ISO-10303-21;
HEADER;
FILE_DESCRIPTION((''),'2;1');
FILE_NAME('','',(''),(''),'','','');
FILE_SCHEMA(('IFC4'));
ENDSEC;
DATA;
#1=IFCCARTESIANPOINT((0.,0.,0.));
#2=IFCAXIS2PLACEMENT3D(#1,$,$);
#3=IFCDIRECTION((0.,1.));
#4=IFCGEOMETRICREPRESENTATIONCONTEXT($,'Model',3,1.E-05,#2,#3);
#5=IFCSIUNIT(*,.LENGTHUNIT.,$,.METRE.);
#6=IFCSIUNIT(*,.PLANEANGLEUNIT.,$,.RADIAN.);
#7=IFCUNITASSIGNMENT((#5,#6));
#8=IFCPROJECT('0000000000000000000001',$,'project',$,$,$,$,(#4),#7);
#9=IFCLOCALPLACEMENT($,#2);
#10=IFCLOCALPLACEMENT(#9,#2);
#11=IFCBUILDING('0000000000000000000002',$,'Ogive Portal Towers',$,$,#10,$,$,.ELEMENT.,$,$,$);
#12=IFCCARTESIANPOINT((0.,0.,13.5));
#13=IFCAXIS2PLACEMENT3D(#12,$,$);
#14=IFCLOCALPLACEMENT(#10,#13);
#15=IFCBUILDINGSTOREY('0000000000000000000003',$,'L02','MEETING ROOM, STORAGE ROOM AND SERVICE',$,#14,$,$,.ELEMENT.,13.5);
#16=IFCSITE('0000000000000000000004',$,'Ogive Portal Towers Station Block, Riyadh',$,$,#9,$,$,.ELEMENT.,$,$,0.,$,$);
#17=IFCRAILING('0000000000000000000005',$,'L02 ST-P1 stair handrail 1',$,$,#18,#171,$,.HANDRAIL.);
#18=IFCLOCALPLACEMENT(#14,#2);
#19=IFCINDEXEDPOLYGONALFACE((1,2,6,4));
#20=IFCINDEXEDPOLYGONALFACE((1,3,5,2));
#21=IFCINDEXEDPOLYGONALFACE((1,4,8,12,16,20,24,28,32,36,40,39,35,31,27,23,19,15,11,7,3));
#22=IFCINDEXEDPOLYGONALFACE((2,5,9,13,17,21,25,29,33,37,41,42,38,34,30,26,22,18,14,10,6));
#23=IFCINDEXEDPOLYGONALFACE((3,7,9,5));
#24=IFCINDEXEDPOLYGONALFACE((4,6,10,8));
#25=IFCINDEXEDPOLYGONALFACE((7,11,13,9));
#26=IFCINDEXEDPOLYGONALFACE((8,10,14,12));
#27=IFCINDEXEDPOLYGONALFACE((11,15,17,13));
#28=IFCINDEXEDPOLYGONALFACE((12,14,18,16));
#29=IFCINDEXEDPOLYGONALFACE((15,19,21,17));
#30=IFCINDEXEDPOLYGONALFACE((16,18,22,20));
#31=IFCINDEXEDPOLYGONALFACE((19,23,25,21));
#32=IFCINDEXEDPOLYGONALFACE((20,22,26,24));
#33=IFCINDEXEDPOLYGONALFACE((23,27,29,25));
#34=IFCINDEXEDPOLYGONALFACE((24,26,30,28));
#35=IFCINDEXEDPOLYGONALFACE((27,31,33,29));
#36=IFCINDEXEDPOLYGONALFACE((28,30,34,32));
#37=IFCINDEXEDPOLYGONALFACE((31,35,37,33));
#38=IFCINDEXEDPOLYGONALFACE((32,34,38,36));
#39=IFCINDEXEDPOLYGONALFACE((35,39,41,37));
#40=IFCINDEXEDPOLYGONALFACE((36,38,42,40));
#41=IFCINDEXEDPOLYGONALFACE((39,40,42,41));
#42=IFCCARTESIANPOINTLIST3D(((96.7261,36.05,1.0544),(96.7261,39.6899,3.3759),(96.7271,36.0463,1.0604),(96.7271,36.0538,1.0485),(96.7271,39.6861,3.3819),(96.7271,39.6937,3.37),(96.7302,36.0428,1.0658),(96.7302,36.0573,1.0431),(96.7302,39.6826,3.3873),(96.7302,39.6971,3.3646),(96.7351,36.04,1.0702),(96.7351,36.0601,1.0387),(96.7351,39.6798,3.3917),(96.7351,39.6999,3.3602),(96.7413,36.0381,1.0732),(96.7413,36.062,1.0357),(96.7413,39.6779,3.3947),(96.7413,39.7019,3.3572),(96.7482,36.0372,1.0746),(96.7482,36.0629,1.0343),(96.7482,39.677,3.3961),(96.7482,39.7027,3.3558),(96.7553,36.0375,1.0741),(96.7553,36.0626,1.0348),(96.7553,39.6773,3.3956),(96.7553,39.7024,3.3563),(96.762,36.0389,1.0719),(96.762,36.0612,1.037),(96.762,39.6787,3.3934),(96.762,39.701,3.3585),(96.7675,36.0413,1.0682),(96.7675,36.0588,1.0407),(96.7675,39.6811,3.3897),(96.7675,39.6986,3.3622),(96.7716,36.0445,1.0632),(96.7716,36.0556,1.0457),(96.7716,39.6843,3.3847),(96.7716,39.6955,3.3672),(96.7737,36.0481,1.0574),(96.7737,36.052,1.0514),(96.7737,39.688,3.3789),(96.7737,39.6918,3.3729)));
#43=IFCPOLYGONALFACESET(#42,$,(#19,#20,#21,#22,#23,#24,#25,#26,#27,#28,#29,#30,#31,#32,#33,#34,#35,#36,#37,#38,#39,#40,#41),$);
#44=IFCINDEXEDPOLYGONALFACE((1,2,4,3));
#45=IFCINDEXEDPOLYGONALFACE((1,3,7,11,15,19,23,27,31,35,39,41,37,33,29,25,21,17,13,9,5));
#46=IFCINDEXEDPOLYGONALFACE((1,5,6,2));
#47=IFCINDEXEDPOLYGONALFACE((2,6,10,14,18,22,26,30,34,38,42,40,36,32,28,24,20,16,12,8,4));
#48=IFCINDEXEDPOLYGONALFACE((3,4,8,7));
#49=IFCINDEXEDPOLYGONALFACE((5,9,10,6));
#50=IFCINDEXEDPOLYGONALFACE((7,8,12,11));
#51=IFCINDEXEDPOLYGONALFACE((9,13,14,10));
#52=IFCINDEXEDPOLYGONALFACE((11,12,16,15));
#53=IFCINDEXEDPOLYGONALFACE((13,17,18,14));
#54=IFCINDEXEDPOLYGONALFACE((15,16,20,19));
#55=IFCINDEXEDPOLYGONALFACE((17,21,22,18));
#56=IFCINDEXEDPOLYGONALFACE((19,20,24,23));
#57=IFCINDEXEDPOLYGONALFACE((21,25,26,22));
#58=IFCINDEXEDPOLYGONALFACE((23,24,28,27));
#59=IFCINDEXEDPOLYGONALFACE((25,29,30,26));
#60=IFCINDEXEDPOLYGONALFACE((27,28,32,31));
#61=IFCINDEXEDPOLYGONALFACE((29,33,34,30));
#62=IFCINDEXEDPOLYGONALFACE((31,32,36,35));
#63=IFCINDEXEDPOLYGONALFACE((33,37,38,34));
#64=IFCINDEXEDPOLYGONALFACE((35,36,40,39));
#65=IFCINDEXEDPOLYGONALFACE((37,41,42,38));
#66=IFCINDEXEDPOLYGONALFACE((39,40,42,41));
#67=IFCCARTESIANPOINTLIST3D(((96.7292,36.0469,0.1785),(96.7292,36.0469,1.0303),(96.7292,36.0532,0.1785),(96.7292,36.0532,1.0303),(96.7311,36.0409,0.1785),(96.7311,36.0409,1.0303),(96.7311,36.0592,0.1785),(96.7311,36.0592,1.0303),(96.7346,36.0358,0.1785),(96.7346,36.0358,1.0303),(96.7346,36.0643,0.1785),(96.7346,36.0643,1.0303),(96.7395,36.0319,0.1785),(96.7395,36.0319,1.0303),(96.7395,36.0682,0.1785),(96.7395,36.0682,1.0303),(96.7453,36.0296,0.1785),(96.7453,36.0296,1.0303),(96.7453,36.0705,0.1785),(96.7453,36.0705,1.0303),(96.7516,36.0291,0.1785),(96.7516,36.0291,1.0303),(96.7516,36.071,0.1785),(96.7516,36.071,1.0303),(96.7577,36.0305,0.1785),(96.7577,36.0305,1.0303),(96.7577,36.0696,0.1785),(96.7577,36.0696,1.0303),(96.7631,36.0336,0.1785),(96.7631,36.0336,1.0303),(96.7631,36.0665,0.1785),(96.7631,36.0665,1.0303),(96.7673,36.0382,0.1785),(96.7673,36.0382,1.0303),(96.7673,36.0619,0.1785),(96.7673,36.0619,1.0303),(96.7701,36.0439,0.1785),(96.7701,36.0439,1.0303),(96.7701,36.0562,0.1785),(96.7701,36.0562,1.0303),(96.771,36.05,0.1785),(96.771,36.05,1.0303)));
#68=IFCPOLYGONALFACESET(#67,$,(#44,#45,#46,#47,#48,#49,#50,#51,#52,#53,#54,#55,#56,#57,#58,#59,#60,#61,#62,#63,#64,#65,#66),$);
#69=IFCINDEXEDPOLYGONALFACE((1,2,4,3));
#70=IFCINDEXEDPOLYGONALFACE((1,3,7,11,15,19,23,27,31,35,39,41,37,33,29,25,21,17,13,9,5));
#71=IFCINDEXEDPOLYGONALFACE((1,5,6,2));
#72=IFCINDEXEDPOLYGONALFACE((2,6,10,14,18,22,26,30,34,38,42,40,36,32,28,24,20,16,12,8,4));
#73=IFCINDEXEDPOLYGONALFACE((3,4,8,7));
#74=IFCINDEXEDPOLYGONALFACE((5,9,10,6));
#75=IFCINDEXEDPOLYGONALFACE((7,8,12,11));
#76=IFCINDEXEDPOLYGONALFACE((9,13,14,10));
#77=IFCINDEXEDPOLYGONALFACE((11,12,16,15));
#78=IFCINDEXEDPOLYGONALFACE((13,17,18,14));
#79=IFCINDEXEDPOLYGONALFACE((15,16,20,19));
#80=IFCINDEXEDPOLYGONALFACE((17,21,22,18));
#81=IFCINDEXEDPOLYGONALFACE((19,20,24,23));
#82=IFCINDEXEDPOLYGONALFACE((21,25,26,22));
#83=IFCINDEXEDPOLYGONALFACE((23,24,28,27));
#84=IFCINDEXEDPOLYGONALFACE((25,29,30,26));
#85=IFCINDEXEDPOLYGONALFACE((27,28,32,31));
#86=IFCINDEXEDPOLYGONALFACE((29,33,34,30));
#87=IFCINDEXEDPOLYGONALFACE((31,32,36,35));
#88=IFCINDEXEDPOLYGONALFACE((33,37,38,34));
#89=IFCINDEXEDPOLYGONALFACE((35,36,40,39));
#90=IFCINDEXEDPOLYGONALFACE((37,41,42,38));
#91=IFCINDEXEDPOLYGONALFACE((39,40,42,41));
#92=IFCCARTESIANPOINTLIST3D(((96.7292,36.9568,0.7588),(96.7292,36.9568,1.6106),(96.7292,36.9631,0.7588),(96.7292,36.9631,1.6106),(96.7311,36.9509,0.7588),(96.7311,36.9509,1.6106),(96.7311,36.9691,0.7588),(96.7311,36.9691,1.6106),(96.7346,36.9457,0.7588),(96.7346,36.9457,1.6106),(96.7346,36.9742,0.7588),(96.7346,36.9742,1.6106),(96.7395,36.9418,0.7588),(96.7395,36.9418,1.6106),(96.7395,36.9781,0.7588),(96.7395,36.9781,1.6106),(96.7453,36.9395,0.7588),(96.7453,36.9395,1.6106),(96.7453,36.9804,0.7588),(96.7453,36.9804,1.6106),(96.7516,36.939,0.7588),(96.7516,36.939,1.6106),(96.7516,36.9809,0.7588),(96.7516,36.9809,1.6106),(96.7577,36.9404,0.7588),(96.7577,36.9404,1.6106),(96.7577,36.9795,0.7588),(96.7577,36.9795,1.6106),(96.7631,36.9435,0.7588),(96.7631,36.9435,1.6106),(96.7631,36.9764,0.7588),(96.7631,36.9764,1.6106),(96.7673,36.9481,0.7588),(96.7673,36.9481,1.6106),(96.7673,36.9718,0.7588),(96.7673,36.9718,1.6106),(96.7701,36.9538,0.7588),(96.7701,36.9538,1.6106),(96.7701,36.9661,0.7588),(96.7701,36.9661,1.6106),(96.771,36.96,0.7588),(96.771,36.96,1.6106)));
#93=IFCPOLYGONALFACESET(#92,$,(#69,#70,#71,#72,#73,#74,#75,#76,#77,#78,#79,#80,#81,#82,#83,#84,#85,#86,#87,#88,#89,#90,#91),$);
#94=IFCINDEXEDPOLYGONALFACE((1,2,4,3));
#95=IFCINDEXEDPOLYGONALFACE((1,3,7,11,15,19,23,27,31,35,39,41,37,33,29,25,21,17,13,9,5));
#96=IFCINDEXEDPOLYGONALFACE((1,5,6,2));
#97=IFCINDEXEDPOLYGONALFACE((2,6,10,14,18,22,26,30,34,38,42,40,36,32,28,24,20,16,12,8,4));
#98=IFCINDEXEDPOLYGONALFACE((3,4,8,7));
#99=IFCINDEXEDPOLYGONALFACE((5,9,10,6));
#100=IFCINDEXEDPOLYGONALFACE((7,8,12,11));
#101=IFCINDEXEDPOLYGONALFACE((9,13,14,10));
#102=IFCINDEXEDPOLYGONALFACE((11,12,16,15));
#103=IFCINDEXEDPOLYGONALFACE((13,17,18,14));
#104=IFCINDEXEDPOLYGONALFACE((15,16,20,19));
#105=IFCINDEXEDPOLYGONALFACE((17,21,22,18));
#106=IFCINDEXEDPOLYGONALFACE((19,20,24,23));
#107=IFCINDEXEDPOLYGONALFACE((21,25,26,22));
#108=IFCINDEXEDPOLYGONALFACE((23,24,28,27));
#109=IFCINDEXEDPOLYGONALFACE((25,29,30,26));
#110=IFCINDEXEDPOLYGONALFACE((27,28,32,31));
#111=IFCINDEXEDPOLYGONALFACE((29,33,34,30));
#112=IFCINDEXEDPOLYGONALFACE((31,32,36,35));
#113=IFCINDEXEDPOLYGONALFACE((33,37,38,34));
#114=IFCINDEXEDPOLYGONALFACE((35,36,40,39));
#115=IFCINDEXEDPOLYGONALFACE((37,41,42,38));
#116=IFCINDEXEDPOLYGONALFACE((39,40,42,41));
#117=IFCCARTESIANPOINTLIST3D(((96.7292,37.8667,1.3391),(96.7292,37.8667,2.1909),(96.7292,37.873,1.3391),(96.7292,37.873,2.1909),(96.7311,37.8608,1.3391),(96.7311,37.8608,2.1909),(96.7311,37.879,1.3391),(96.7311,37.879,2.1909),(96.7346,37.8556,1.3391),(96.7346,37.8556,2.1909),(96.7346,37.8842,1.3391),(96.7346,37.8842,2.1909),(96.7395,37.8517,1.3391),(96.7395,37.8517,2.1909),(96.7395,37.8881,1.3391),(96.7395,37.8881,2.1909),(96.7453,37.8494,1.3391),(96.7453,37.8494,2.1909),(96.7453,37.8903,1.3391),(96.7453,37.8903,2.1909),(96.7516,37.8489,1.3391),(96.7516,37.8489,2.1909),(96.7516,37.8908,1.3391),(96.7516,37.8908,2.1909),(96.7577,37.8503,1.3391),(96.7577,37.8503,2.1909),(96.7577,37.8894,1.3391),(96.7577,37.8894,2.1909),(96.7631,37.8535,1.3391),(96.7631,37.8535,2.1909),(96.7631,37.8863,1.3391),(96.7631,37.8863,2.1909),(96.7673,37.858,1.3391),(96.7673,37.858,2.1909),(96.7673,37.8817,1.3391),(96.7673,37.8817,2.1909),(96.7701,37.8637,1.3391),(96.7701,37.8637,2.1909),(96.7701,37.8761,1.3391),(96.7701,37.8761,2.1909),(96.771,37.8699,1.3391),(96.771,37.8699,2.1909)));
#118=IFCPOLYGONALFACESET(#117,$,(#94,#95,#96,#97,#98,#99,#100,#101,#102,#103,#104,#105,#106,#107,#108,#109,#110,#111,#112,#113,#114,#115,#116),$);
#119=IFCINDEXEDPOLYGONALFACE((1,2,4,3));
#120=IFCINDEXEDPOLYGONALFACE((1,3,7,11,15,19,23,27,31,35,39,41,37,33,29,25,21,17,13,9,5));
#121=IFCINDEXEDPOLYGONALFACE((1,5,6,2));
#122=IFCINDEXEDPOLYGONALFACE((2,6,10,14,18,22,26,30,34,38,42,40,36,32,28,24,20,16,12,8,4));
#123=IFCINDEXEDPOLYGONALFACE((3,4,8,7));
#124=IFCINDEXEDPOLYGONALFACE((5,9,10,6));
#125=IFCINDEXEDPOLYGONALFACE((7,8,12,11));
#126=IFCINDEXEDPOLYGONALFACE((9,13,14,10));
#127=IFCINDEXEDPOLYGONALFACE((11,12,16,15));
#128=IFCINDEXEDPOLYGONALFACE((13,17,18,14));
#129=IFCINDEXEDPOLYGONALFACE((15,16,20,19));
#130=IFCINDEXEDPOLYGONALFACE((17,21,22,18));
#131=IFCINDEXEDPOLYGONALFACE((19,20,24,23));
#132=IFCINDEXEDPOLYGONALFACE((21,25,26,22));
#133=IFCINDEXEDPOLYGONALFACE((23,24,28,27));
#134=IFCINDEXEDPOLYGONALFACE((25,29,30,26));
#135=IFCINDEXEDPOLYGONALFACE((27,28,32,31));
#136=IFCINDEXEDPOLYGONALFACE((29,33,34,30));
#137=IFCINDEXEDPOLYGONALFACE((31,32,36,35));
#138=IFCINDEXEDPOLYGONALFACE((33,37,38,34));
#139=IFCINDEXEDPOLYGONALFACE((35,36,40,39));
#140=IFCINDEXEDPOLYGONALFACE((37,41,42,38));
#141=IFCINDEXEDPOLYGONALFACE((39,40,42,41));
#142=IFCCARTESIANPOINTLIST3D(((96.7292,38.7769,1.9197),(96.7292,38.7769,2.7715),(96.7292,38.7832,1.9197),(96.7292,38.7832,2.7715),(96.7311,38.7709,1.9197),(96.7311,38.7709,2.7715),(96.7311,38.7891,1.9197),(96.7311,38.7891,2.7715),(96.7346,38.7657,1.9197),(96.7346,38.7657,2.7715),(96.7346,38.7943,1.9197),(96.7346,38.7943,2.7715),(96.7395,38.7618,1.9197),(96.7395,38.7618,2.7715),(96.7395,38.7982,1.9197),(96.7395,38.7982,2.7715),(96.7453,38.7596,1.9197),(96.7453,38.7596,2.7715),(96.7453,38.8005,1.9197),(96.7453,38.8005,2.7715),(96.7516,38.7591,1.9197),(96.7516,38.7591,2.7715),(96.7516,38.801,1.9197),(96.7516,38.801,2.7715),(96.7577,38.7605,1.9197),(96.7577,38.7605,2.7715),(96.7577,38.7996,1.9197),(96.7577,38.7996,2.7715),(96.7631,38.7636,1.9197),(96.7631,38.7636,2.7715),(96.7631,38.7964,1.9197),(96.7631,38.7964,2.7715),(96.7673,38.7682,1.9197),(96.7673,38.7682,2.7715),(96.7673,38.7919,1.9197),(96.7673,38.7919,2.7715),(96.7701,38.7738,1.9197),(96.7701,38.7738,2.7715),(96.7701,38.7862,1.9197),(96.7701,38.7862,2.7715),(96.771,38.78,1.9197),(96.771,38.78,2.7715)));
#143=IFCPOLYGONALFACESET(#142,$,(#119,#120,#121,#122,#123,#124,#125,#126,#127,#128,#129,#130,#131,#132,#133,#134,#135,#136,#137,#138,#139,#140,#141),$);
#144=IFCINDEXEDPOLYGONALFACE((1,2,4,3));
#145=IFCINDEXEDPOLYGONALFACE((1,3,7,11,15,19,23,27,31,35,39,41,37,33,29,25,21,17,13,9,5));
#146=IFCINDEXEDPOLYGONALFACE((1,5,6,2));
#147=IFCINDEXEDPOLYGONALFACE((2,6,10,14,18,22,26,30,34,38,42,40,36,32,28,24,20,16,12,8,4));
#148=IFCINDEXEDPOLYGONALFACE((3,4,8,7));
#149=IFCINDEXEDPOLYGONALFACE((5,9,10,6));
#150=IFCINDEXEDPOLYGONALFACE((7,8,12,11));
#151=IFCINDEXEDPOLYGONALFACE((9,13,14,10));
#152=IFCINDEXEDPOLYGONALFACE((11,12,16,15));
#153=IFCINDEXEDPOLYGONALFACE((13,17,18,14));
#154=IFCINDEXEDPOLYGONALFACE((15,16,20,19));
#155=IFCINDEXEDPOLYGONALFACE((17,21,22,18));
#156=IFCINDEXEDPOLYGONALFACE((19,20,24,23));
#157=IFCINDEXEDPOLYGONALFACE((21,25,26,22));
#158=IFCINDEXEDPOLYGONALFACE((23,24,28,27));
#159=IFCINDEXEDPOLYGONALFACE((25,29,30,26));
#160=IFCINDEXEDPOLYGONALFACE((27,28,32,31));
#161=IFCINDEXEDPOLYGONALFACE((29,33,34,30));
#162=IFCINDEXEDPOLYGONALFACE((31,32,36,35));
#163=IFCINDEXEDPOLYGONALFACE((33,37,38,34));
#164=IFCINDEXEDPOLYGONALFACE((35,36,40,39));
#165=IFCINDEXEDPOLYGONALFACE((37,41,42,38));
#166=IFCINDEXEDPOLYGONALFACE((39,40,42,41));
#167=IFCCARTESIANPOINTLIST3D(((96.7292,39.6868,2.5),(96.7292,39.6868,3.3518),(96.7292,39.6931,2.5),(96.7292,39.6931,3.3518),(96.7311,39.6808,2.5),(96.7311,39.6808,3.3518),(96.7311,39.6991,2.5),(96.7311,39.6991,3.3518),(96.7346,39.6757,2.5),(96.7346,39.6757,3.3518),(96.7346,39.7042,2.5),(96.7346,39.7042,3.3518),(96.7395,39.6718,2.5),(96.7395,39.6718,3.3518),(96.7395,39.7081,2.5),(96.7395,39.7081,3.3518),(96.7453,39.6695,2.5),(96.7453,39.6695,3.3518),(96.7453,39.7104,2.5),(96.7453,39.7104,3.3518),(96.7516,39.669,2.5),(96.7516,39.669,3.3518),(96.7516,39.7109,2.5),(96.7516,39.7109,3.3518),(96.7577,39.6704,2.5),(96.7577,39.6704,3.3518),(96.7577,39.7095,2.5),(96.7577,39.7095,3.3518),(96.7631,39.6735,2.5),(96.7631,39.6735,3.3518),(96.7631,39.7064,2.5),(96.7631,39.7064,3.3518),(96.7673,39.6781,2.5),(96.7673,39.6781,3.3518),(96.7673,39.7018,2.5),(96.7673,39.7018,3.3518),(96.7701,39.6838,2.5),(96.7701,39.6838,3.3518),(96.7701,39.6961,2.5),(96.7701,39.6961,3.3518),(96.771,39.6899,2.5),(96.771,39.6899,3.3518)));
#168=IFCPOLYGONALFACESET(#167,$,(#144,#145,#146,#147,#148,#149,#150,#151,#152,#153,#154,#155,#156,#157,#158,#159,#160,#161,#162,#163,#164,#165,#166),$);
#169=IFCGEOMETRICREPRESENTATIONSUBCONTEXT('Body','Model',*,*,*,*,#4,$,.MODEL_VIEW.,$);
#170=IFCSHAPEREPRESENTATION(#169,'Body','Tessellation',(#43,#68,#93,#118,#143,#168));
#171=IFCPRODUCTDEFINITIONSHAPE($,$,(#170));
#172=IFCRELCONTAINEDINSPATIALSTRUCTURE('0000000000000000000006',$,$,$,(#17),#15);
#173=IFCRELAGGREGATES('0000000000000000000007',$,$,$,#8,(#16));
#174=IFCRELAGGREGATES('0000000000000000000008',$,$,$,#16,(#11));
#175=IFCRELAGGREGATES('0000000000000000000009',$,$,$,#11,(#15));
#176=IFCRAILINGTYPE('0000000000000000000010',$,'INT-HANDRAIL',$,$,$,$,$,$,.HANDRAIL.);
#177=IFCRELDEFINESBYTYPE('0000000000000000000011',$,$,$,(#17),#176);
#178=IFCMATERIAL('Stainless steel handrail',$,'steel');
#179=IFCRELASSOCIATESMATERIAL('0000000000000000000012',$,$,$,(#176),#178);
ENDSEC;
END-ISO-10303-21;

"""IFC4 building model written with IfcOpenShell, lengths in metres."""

from ifc_helpers import new_model, si_unit, direction, frame, origin, origin_2d, place, context, subcontext, project, spatial, circle, extrude, material, type_object, element, save


model = new_model("IFC4")

# Units and contexts
model_context = context("Model", 3, precision=1e-05, world=origin(), true_north=direction((0.0, 1.0)))
body_context = subcontext(model_context, "Body", "Model", "MODEL_VIEW")
ifc_project = project(units=[si_unit("LENGTHUNIT", "METRE"), si_unit("PLANEANGLEUNIT", "RADIAN")], contexts=[model_context])

# Site, building, storey
site_placement = place(None, origin())
site = spatial("IfcSite", under=ifc_project, at=site_placement, Name="Ogive Portal Towers Station Block, Riyadh", CompositionType="ELEMENT", RefElevation=0.0)
building_placement = place(site_placement, origin())
building = spatial("IfcBuilding", under=site, at=building_placement, Name="Ogive Portal Towers", CompositionType="ELEMENT")
storey_placement = place(building_placement, frame((0.0, 0.0, 13.5)))
storey = spatial("IfcBuildingStorey", under=building, at=storey_placement, Name="L02", Description="MEETING ROOM, STORAGE ROOM AND SERVICE", CompositionType="ELEMENT", Elevation=13.5)

# Railing
ifc_material_1 = material(Name="Stainless steel handrail", Category="steel")
railing_type_1 = type_object("IfcRailingType", Name="INT-HANDRAIL", PredefinedType="HANDRAIL", material=ifc_material_1)
railing_1_placement = place(storey_placement, frame((96.75, 36.05, 0.1785)))
element("IfcRailing", 1, at=railing_1_placement, inside=storey, type_object=railing_type_1, Name="L02 ST-P1 stair handrail 1", PredefinedType="HANDRAIL", context=body_context, shape_type="SweptSolid", body=[
    extrude(circle(Radius=0.0239, at=origin_2d()), frame((0.0, 0.0, 0.876), z_axis=(0.0, 0.843112, 0.537739), x_axis=(-1.0, 0.0, 0.0)), (0.0, 0.0, 1.0), 4.3171),
    extrude(circle(Radius=0.021, at=origin_2d()), origin(), (0.0, 0.0, 1.0), 0.8518),
    extrude(circle(Radius=0.021, at=origin_2d()), frame((0.0, 0.9099, 0.5803)), (0.0, 0.0, 1.0), 0.8518),
    extrude(circle(Radius=0.021, at=origin_2d()), frame((0.0, 1.8198, 1.1606)), (0.0, 0.0, 1.0), 0.8518),
    extrude(circle(Radius=0.021, at=origin_2d()), frame((0.0, 2.73, 1.7412)), (0.0, 0.0, 1.0), 0.8518),
    extrude(circle(Radius=0.021, at=origin_2d()), frame((0.0, 3.6399, 2.3215)), (0.0, 0.0, 1.0), 0.8518),
])

save(model, "model.ifc")
